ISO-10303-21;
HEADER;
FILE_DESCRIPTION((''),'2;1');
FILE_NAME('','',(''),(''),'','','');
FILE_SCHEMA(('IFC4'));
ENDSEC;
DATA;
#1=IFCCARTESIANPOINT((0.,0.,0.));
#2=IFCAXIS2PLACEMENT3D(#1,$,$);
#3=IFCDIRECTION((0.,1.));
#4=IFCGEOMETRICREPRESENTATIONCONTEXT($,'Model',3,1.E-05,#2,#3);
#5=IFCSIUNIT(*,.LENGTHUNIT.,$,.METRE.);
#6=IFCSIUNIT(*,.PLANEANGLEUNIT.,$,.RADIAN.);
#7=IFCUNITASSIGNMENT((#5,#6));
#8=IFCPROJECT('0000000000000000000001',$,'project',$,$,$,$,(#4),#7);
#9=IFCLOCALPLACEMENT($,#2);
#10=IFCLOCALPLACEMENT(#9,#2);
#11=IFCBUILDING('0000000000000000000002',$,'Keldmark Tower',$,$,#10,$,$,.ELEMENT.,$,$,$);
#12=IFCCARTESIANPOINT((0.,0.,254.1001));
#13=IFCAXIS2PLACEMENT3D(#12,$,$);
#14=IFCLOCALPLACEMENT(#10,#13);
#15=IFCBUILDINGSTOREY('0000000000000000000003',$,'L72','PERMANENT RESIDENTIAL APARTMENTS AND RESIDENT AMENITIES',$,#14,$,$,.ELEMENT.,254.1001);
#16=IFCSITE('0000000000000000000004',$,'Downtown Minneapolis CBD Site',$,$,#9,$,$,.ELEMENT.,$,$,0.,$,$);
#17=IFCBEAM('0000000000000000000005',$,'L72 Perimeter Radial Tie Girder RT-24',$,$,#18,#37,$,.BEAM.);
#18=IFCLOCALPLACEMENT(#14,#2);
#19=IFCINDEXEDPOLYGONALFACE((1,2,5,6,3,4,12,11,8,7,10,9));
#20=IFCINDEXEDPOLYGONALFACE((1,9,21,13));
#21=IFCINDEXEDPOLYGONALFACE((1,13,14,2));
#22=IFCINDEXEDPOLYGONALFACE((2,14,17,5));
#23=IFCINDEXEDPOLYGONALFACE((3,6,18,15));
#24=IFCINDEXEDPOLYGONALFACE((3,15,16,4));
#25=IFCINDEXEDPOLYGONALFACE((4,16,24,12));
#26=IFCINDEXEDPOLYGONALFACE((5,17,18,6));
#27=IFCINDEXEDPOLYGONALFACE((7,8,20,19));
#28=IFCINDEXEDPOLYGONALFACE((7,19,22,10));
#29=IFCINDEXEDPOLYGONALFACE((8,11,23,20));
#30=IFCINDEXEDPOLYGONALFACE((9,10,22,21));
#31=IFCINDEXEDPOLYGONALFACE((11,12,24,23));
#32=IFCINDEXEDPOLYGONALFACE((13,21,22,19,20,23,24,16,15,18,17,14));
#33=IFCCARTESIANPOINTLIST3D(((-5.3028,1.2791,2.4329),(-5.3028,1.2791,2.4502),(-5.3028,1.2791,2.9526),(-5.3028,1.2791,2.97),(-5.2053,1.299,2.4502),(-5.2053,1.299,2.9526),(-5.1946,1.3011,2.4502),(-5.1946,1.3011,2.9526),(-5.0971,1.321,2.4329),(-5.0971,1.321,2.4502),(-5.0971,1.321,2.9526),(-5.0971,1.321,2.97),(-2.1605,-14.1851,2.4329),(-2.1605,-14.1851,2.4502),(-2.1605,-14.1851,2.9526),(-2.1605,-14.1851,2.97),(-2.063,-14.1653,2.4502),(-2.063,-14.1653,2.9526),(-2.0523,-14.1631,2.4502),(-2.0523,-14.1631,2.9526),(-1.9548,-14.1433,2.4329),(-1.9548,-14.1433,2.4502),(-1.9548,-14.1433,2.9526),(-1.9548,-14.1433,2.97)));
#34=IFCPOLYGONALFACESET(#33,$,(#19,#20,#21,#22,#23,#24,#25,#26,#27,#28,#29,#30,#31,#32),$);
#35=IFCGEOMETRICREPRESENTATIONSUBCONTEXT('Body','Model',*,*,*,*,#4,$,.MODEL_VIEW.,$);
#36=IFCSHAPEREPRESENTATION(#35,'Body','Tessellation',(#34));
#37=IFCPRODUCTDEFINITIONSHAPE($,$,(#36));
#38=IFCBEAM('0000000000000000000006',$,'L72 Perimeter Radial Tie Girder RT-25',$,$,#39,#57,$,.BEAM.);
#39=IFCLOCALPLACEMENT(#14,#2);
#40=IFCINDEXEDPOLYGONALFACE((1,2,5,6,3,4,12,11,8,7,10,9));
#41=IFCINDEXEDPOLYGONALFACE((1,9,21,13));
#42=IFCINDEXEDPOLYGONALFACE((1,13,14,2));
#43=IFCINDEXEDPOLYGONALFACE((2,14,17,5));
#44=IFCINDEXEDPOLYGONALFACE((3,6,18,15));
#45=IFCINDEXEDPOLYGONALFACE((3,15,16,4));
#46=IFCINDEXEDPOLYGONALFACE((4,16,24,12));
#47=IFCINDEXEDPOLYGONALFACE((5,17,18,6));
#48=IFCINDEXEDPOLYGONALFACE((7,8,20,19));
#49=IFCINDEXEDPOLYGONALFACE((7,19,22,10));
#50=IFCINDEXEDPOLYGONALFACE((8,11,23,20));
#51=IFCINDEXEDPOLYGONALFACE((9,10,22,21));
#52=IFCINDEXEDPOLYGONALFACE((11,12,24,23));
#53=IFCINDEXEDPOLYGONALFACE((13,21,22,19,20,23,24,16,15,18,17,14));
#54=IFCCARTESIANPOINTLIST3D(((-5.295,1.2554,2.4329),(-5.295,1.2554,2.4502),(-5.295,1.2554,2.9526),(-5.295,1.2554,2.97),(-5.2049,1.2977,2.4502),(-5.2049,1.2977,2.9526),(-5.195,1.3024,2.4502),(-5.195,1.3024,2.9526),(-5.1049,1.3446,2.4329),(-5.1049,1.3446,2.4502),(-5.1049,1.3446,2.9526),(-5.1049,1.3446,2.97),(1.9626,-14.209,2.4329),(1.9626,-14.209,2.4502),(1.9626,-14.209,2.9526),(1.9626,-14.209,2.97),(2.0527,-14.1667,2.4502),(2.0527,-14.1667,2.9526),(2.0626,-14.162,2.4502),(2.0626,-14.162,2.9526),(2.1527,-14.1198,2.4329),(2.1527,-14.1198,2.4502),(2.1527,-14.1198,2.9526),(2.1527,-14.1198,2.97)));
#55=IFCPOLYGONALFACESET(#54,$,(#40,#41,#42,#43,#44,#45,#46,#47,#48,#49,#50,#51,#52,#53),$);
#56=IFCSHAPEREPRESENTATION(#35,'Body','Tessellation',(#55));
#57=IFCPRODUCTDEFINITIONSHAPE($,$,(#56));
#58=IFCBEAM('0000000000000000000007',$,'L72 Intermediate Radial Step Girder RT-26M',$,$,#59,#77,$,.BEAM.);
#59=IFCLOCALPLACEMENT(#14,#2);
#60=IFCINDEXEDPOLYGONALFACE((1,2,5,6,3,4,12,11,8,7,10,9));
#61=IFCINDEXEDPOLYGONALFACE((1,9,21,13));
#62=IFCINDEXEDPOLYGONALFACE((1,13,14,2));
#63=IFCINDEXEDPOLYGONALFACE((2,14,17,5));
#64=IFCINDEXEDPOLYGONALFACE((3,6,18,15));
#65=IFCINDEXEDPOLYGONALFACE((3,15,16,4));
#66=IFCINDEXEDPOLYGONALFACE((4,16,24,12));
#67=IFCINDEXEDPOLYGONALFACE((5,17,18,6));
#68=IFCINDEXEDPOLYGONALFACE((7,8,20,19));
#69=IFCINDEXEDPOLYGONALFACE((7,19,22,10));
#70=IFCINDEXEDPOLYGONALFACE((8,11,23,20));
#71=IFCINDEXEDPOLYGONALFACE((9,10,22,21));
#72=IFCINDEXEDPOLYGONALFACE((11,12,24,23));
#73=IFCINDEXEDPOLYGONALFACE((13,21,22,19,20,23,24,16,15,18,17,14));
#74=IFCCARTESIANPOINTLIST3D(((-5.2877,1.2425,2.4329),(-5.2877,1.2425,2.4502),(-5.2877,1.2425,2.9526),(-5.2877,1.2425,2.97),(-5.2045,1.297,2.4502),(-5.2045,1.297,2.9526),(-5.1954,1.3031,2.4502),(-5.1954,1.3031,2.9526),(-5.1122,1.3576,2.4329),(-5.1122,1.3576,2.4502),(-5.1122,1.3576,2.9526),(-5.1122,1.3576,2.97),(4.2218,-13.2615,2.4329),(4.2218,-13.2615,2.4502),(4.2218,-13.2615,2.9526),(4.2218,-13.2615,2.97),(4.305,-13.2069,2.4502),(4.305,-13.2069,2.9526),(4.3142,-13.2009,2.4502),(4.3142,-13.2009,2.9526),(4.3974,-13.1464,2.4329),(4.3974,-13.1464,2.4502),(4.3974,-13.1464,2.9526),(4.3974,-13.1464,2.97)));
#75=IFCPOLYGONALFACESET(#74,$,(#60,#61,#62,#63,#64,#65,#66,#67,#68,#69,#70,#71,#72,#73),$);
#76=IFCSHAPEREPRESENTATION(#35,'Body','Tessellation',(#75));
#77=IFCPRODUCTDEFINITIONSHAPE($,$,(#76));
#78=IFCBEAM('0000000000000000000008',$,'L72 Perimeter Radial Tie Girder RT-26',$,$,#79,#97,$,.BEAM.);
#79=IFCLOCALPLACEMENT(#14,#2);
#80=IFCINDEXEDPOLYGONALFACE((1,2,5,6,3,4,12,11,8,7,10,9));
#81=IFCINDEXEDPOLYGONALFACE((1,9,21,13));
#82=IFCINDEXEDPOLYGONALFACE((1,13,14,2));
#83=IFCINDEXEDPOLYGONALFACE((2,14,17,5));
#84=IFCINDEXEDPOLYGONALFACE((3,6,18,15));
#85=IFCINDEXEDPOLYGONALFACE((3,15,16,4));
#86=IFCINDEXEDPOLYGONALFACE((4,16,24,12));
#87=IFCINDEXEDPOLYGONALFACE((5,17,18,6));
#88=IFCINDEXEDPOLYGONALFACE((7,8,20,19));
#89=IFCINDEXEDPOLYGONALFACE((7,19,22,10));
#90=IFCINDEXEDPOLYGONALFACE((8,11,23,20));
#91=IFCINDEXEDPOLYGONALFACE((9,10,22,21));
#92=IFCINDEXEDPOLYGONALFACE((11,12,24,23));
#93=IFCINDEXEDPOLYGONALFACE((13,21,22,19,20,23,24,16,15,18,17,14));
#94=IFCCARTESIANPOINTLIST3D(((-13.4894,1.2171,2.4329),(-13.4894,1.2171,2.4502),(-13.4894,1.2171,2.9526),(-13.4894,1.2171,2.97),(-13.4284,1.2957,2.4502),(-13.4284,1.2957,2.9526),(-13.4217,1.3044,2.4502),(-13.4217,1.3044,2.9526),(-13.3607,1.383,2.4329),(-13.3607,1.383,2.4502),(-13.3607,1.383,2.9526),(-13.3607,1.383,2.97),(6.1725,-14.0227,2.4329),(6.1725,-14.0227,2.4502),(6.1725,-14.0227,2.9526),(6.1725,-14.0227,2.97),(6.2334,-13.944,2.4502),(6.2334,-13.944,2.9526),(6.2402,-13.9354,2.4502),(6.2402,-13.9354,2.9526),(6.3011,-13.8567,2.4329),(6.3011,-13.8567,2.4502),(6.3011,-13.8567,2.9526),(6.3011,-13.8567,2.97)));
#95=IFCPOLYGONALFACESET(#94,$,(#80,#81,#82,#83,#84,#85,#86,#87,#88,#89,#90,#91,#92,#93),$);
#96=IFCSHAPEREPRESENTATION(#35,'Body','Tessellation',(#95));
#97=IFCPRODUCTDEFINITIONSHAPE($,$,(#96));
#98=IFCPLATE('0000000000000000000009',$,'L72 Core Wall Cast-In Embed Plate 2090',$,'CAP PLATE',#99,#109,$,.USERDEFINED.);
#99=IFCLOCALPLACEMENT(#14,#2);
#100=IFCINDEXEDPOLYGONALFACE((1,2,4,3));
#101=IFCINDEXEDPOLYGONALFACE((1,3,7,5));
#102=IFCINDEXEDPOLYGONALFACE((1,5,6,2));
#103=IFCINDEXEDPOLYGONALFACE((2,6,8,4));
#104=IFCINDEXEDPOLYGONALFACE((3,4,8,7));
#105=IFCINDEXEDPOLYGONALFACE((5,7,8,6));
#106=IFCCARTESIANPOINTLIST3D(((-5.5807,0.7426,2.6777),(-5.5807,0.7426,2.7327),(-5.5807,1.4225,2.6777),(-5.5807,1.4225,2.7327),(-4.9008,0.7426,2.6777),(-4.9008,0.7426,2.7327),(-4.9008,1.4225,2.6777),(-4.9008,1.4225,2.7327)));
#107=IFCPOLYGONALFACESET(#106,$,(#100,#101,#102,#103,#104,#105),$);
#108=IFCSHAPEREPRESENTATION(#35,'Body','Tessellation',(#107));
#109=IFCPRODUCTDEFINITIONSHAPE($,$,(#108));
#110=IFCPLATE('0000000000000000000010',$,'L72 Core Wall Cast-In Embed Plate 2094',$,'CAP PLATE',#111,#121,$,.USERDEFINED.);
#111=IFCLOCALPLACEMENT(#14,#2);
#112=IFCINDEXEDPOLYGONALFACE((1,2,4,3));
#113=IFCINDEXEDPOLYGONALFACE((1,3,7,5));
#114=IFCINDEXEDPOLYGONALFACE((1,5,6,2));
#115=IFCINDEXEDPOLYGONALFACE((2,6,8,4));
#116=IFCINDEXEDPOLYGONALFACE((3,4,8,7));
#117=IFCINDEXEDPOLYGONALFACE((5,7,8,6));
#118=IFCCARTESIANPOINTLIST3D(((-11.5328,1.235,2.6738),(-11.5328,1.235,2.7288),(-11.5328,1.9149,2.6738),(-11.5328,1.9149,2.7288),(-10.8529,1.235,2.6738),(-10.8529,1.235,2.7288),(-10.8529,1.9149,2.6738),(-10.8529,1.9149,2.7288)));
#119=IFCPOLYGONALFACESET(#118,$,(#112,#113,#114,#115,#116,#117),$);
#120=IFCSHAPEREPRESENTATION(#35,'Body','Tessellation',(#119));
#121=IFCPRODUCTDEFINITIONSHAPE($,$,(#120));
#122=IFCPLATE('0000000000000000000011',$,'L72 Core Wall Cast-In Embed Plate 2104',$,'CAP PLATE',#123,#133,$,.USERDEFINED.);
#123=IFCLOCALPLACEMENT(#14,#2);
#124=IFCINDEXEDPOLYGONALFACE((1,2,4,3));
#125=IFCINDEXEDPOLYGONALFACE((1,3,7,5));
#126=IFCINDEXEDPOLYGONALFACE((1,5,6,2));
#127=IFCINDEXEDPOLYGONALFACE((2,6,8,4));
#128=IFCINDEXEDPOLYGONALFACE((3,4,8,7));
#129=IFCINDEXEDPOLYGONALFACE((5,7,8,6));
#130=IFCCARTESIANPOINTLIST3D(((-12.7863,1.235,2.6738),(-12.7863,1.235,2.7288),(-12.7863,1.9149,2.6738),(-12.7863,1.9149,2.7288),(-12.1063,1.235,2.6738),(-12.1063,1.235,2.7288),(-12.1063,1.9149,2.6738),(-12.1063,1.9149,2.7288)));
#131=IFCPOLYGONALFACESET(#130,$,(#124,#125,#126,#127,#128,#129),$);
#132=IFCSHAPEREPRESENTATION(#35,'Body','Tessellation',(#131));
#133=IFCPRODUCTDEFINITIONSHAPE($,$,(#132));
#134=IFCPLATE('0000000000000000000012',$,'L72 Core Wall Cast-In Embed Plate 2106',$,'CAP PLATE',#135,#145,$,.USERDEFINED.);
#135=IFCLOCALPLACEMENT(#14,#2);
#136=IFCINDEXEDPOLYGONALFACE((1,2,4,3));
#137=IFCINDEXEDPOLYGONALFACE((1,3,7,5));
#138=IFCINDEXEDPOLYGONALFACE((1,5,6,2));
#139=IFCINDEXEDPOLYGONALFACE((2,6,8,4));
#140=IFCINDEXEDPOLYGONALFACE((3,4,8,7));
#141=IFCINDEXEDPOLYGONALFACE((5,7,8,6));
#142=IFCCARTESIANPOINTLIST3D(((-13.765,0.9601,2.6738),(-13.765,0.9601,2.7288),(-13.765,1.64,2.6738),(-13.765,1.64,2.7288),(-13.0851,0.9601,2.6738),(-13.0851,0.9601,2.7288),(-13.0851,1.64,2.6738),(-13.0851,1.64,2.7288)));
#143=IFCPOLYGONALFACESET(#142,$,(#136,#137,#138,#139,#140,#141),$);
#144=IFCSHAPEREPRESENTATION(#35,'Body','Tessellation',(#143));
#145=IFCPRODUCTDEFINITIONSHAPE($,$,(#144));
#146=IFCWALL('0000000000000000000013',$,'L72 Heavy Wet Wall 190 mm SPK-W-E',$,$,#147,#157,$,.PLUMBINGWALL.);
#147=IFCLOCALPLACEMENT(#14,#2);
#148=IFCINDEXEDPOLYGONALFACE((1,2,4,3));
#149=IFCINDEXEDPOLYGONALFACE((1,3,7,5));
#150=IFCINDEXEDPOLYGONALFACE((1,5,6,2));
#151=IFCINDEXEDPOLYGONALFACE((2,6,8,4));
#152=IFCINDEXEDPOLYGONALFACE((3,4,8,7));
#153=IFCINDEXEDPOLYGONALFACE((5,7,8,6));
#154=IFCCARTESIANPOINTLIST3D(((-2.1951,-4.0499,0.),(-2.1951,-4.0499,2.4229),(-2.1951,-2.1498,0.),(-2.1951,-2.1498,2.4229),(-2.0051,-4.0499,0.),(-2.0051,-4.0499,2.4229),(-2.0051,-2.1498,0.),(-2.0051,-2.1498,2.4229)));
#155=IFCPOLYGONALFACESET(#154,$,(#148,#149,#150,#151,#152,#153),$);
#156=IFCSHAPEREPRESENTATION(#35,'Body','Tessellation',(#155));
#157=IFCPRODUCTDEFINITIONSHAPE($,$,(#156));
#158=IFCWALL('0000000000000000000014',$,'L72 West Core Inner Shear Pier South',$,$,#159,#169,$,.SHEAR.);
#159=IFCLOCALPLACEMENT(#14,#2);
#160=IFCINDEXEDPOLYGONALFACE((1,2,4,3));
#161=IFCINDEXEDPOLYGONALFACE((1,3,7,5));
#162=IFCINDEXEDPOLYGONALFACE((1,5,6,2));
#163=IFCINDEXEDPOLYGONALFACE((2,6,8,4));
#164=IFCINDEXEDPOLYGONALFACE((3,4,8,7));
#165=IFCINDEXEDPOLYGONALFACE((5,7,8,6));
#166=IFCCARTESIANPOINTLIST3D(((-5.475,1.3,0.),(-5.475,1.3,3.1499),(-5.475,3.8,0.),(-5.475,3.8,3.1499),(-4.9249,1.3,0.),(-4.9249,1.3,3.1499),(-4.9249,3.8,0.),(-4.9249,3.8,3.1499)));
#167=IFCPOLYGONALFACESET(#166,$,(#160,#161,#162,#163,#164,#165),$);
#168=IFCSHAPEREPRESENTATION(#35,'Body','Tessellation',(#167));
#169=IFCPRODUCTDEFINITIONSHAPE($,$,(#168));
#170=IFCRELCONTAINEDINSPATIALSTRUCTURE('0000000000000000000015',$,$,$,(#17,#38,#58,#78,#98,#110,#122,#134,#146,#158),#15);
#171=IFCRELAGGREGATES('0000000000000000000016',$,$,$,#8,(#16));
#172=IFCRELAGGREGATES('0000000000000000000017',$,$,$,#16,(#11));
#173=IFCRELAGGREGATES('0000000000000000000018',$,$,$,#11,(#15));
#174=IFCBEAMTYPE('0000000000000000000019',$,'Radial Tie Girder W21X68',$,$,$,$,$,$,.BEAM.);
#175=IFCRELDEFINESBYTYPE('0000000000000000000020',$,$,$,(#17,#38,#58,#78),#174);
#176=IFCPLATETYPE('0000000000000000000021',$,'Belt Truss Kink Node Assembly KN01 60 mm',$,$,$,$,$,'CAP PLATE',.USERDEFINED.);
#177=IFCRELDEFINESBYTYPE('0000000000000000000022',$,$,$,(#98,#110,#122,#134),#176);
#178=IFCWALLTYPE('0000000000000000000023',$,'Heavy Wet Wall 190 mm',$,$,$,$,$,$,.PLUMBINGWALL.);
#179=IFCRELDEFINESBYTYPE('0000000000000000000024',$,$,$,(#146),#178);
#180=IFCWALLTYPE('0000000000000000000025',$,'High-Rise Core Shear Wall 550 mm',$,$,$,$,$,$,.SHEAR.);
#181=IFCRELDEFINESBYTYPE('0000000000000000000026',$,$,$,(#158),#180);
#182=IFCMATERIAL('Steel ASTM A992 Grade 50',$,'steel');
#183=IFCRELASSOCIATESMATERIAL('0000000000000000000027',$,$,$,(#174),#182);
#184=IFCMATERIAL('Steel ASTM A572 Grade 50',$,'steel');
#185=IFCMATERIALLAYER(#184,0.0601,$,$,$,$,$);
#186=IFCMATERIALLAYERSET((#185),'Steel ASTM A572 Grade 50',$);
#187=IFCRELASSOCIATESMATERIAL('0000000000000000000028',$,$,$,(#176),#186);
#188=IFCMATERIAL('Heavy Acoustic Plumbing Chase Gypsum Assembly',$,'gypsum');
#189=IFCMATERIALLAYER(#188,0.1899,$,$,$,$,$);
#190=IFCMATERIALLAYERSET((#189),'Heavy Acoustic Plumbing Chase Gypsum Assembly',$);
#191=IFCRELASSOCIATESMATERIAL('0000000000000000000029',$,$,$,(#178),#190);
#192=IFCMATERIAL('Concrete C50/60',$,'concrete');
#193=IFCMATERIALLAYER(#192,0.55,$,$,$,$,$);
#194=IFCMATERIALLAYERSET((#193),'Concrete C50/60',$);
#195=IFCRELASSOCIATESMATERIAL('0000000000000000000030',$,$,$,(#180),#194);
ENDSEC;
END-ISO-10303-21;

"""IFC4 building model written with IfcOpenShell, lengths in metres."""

from ifc_helpers import new_model, si_unit, direction, frame, frame_2d, origin, origin_2d, place, context, subcontext, project, spatial, rectangle, i_section, extrude, material, layer, layer_set, material_profile, profile_set, type_object, element, save


model = new_model("IFC4")

# Units and contexts
model_context = context("Model", 3, precision=1e-05, world=origin(), true_north=direction((0.0, 1.0)))
body_context = subcontext(model_context, "Body", "Model", "MODEL_VIEW")
ifc_project = project(units=[si_unit("LENGTHUNIT", "METRE"), si_unit("PLANEANGLEUNIT", "RADIAN")], contexts=[model_context])

# Site, building, storey
site_placement = place(None, origin())
site = spatial("IfcSite", under=ifc_project, at=site_placement, Name="Downtown Minneapolis CBD Site", CompositionType="ELEMENT", RefElevation=0.0)
building_placement = place(site_placement, origin())
building = spatial("IfcBuilding", under=site, at=building_placement, Name="Keldmark Tower", CompositionType="ELEMENT")
storey_placement = place(building_placement, frame((0.0, 0.0, 254.1001)))
storey = spatial("IfcBuildingStorey", under=building, at=storey_placement, Name="L72", Description="PERMANENT RESIDENTIAL APARTMENTS AND RESIDENT AMENITIES", CompositionType="ELEMENT", Elevation=254.1001)

# Beams
ifc_material_1 = material(Name="Steel ASTM A992 Grade 50", Category="steel")
ifc_material_profile_1 = material_profile(ifc_material_1, i_section(OverallWidth=0.21, OverallDepth=0.5371, WebThickness=0.011, FlangeThickness=0.0173, at=origin_2d()), Name="W21X68")
ifc_profile_set_1 = profile_set([ifc_material_profile_1], Name="Steel ASTM A992 Grade 50")
beam_type_1 = type_object("IfcBeamType", Name="Radial Tie Girder W21X68", PredefinedType="BEAM", material=ifc_profile_set_1)
beam_1_placement = place(storey_placement, frame((-5.2, 1.3, 2.7014), z_axis=(0.199129, -0.979973, 0.0), x_axis=(0.979973, 0.199129, 0.0)))
element("IfcBeam", 1, at=beam_1_placement, inside=storey, type_object=beam_type_1, Name="L72 Perimeter Radial Tie Girder RT-24", PredefinedType="BEAM", context=body_context, shape_type="SweptSolid", body=[
    extrude(i_section(OverallWidth=0.21, OverallDepth=0.5371, WebThickness=0.011, FlangeThickness=0.0173, at=origin_2d()), origin(), (0.0, 0.0, 1.0), 15.7803),
])
beam_2_placement = place(storey_placement, frame((-5.2, 1.3, 2.7014), z_axis=(0.424849, -0.905264, 0.0), x_axis=(0.905264, 0.424849, 0.0)))
element("IfcBeam", 2, at=beam_2_placement, inside=storey, type_object=beam_type_1, Name="L72 Perimeter Radial Tie Girder RT-25", PredefinedType="BEAM", context=body_context, shape_type="SweptSolid", body=[
    extrude(i_section(OverallWidth=0.21, OverallDepth=0.5371, WebThickness=0.011, FlangeThickness=0.0173, at=origin_2d()), origin(), (0.0, 0.0, 1.0), 17.0828),
])
beam_3_placement = place(storey_placement, frame((-5.2, 1.3, 2.7014), z_axis=(0.548307, -0.836277, 0.0), x_axis=(0.836277, 0.548307, 0.0)))
element("IfcBeam", 3, at=beam_3_placement, inside=storey, type_object=beam_type_1, Name="L72 Intermediate Radial Step Girder RT-26M", PredefinedType="BEAM", context=body_context, shape_type="SweptSolid", body=[
    extrude(i_section(OverallWidth=0.21, OverallDepth=0.5371, WebThickness=0.011, FlangeThickness=0.0173, at=origin_2d()), origin(), (0.0, 0.0, 1.0), 17.3435),
])
beam_4_placement = place(storey_placement, frame((-13.425, 1.3, 2.7014), z_axis=(0.79038, -0.612617, 0.0), x_axis=(0.612617, 0.79038, 0.0)))
element("IfcBeam", 4, at=beam_4_placement, inside=storey, type_object=beam_type_1, Name="L72 Perimeter Radial Tie Girder RT-26", PredefinedType="BEAM", context=body_context, shape_type="SweptSolid", body=[
    extrude(i_section(OverallWidth=0.21, OverallDepth=0.5371, WebThickness=0.011, FlangeThickness=0.0173, at=origin_2d()), origin(), (0.0, 0.0, 1.0), 24.8765),
])

# Plates
ifc_material_2 = material(Name="Steel ASTM A572 Grade 50", Category="steel")
ifc_layer_1 = layer(ifc_material_2, 0.0601)
ifc_layer_set_1 = layer_set([ifc_layer_1], Name="Steel ASTM A572 Grade 50")
plate_type = type_object("IfcPlateType", Name="Belt Truss Kink Node Assembly KN01 60 mm", ElementType="CAP PLATE", PredefinedType="USERDEFINED", material=ifc_layer_set_1)
for number, where, z_axis, x_axis, name in (
    (5, (-5.2407, 1.0825, 2.6777), (0.0, 0.0, 1.0), (1.0, 0.0, 0.0), "L72 Core Wall Cast-In Embed Plate 2090"),
    (6, (-11.1929, 1.575, 2.6738), (0.0, 0.0, 1.0), (1.0, 0.0, 0.0), "L72 Core Wall Cast-In Embed Plate 2094"),
    (7, (-12.4463, 1.575, 2.6738), (0.0, 0.0, 1.0), (1.0, 0.0, 0.0), "L72 Core Wall Cast-In Embed Plate 2104"),
    (8, (-13.425, 1.3, 2.6738), (0.0, 0.0, 1.0), (1.0, 0.0, 0.0), "L72 Core Wall Cast-In Embed Plate 2106"),
):
    element("IfcPlate", number, at=place(storey_placement, frame(where, z_axis=z_axis, x_axis=x_axis)), inside=storey, type_object=plate_type, Name=name, ObjectType="CAP PLATE", PredefinedType="USERDEFINED", context=body_context, shape_type="SweptSolid", body=[
        extrude(rectangle(XDim=0.6799, YDim=0.6799, at=origin_2d()), origin(), (0.0, 0.0, 1.0), 0.0549),
    ])

# Walls
ifc_material_3 = material(Name="Heavy Acoustic Plumbing Chase Gypsum Assembly", Category="gypsum")
ifc_layer_2 = layer(ifc_material_3, 0.1899)
ifc_layer_set_2 = layer_set([ifc_layer_2], Name="Heavy Acoustic Plumbing Chase Gypsum Assembly")
wall_type_1 = type_object("IfcWallType", Name="Heavy Wet Wall 190 mm", PredefinedType="PLUMBINGWALL", material=ifc_layer_set_2)
wall_1_placement = place(storey_placement, frame((-2.1001, -4.05, 0.0), z_axis=(0.0, 0.0, 1.0), x_axis=(0.0, 1.0, 0.0)))
element("IfcWall", 9, at=wall_1_placement, inside=storey, type_object=wall_type_1, Name="L72 Heavy Wet Wall 190 mm SPK-W-E", PredefinedType="PLUMBINGWALL", context=body_context, shape_type="SweptSolid", body=[
    extrude(rectangle(XDim=1.9001, YDim=0.1899, at=frame_2d((0.9502, 0.0))), origin(), (0.0, 0.0, 1.0), 2.4229),
])
ifc_material_4 = material(Name="Concrete C50/60", Category="concrete")
ifc_layer_3 = layer(ifc_material_4, 0.55)
ifc_layer_set_3 = layer_set([ifc_layer_3], Name="Concrete C50/60")
wall_type_2 = type_object("IfcWallType", Name="High-Rise Core Shear Wall 550 mm", PredefinedType="SHEAR", material=ifc_layer_set_3)
wall_2_placement = place(storey_placement, frame((-5.2, 1.3, 0.0), z_axis=(0.0, 0.0, 1.0), x_axis=(0.0, 1.0, 0.0)))
element("IfcWall", 10, at=wall_2_placement, inside=storey, type_object=wall_type_2, Name="L72 West Core Inner Shear Pier South", PredefinedType="SHEAR", context=body_context, shape_type="SweptSolid", body=[
    extrude(rectangle(XDim=2.5, YDim=0.55, at=frame_2d((1.25, 0.0))), origin(), (0.0, 0.0, 1.0), 3.1499),
])

save(model, "model.ifc")
